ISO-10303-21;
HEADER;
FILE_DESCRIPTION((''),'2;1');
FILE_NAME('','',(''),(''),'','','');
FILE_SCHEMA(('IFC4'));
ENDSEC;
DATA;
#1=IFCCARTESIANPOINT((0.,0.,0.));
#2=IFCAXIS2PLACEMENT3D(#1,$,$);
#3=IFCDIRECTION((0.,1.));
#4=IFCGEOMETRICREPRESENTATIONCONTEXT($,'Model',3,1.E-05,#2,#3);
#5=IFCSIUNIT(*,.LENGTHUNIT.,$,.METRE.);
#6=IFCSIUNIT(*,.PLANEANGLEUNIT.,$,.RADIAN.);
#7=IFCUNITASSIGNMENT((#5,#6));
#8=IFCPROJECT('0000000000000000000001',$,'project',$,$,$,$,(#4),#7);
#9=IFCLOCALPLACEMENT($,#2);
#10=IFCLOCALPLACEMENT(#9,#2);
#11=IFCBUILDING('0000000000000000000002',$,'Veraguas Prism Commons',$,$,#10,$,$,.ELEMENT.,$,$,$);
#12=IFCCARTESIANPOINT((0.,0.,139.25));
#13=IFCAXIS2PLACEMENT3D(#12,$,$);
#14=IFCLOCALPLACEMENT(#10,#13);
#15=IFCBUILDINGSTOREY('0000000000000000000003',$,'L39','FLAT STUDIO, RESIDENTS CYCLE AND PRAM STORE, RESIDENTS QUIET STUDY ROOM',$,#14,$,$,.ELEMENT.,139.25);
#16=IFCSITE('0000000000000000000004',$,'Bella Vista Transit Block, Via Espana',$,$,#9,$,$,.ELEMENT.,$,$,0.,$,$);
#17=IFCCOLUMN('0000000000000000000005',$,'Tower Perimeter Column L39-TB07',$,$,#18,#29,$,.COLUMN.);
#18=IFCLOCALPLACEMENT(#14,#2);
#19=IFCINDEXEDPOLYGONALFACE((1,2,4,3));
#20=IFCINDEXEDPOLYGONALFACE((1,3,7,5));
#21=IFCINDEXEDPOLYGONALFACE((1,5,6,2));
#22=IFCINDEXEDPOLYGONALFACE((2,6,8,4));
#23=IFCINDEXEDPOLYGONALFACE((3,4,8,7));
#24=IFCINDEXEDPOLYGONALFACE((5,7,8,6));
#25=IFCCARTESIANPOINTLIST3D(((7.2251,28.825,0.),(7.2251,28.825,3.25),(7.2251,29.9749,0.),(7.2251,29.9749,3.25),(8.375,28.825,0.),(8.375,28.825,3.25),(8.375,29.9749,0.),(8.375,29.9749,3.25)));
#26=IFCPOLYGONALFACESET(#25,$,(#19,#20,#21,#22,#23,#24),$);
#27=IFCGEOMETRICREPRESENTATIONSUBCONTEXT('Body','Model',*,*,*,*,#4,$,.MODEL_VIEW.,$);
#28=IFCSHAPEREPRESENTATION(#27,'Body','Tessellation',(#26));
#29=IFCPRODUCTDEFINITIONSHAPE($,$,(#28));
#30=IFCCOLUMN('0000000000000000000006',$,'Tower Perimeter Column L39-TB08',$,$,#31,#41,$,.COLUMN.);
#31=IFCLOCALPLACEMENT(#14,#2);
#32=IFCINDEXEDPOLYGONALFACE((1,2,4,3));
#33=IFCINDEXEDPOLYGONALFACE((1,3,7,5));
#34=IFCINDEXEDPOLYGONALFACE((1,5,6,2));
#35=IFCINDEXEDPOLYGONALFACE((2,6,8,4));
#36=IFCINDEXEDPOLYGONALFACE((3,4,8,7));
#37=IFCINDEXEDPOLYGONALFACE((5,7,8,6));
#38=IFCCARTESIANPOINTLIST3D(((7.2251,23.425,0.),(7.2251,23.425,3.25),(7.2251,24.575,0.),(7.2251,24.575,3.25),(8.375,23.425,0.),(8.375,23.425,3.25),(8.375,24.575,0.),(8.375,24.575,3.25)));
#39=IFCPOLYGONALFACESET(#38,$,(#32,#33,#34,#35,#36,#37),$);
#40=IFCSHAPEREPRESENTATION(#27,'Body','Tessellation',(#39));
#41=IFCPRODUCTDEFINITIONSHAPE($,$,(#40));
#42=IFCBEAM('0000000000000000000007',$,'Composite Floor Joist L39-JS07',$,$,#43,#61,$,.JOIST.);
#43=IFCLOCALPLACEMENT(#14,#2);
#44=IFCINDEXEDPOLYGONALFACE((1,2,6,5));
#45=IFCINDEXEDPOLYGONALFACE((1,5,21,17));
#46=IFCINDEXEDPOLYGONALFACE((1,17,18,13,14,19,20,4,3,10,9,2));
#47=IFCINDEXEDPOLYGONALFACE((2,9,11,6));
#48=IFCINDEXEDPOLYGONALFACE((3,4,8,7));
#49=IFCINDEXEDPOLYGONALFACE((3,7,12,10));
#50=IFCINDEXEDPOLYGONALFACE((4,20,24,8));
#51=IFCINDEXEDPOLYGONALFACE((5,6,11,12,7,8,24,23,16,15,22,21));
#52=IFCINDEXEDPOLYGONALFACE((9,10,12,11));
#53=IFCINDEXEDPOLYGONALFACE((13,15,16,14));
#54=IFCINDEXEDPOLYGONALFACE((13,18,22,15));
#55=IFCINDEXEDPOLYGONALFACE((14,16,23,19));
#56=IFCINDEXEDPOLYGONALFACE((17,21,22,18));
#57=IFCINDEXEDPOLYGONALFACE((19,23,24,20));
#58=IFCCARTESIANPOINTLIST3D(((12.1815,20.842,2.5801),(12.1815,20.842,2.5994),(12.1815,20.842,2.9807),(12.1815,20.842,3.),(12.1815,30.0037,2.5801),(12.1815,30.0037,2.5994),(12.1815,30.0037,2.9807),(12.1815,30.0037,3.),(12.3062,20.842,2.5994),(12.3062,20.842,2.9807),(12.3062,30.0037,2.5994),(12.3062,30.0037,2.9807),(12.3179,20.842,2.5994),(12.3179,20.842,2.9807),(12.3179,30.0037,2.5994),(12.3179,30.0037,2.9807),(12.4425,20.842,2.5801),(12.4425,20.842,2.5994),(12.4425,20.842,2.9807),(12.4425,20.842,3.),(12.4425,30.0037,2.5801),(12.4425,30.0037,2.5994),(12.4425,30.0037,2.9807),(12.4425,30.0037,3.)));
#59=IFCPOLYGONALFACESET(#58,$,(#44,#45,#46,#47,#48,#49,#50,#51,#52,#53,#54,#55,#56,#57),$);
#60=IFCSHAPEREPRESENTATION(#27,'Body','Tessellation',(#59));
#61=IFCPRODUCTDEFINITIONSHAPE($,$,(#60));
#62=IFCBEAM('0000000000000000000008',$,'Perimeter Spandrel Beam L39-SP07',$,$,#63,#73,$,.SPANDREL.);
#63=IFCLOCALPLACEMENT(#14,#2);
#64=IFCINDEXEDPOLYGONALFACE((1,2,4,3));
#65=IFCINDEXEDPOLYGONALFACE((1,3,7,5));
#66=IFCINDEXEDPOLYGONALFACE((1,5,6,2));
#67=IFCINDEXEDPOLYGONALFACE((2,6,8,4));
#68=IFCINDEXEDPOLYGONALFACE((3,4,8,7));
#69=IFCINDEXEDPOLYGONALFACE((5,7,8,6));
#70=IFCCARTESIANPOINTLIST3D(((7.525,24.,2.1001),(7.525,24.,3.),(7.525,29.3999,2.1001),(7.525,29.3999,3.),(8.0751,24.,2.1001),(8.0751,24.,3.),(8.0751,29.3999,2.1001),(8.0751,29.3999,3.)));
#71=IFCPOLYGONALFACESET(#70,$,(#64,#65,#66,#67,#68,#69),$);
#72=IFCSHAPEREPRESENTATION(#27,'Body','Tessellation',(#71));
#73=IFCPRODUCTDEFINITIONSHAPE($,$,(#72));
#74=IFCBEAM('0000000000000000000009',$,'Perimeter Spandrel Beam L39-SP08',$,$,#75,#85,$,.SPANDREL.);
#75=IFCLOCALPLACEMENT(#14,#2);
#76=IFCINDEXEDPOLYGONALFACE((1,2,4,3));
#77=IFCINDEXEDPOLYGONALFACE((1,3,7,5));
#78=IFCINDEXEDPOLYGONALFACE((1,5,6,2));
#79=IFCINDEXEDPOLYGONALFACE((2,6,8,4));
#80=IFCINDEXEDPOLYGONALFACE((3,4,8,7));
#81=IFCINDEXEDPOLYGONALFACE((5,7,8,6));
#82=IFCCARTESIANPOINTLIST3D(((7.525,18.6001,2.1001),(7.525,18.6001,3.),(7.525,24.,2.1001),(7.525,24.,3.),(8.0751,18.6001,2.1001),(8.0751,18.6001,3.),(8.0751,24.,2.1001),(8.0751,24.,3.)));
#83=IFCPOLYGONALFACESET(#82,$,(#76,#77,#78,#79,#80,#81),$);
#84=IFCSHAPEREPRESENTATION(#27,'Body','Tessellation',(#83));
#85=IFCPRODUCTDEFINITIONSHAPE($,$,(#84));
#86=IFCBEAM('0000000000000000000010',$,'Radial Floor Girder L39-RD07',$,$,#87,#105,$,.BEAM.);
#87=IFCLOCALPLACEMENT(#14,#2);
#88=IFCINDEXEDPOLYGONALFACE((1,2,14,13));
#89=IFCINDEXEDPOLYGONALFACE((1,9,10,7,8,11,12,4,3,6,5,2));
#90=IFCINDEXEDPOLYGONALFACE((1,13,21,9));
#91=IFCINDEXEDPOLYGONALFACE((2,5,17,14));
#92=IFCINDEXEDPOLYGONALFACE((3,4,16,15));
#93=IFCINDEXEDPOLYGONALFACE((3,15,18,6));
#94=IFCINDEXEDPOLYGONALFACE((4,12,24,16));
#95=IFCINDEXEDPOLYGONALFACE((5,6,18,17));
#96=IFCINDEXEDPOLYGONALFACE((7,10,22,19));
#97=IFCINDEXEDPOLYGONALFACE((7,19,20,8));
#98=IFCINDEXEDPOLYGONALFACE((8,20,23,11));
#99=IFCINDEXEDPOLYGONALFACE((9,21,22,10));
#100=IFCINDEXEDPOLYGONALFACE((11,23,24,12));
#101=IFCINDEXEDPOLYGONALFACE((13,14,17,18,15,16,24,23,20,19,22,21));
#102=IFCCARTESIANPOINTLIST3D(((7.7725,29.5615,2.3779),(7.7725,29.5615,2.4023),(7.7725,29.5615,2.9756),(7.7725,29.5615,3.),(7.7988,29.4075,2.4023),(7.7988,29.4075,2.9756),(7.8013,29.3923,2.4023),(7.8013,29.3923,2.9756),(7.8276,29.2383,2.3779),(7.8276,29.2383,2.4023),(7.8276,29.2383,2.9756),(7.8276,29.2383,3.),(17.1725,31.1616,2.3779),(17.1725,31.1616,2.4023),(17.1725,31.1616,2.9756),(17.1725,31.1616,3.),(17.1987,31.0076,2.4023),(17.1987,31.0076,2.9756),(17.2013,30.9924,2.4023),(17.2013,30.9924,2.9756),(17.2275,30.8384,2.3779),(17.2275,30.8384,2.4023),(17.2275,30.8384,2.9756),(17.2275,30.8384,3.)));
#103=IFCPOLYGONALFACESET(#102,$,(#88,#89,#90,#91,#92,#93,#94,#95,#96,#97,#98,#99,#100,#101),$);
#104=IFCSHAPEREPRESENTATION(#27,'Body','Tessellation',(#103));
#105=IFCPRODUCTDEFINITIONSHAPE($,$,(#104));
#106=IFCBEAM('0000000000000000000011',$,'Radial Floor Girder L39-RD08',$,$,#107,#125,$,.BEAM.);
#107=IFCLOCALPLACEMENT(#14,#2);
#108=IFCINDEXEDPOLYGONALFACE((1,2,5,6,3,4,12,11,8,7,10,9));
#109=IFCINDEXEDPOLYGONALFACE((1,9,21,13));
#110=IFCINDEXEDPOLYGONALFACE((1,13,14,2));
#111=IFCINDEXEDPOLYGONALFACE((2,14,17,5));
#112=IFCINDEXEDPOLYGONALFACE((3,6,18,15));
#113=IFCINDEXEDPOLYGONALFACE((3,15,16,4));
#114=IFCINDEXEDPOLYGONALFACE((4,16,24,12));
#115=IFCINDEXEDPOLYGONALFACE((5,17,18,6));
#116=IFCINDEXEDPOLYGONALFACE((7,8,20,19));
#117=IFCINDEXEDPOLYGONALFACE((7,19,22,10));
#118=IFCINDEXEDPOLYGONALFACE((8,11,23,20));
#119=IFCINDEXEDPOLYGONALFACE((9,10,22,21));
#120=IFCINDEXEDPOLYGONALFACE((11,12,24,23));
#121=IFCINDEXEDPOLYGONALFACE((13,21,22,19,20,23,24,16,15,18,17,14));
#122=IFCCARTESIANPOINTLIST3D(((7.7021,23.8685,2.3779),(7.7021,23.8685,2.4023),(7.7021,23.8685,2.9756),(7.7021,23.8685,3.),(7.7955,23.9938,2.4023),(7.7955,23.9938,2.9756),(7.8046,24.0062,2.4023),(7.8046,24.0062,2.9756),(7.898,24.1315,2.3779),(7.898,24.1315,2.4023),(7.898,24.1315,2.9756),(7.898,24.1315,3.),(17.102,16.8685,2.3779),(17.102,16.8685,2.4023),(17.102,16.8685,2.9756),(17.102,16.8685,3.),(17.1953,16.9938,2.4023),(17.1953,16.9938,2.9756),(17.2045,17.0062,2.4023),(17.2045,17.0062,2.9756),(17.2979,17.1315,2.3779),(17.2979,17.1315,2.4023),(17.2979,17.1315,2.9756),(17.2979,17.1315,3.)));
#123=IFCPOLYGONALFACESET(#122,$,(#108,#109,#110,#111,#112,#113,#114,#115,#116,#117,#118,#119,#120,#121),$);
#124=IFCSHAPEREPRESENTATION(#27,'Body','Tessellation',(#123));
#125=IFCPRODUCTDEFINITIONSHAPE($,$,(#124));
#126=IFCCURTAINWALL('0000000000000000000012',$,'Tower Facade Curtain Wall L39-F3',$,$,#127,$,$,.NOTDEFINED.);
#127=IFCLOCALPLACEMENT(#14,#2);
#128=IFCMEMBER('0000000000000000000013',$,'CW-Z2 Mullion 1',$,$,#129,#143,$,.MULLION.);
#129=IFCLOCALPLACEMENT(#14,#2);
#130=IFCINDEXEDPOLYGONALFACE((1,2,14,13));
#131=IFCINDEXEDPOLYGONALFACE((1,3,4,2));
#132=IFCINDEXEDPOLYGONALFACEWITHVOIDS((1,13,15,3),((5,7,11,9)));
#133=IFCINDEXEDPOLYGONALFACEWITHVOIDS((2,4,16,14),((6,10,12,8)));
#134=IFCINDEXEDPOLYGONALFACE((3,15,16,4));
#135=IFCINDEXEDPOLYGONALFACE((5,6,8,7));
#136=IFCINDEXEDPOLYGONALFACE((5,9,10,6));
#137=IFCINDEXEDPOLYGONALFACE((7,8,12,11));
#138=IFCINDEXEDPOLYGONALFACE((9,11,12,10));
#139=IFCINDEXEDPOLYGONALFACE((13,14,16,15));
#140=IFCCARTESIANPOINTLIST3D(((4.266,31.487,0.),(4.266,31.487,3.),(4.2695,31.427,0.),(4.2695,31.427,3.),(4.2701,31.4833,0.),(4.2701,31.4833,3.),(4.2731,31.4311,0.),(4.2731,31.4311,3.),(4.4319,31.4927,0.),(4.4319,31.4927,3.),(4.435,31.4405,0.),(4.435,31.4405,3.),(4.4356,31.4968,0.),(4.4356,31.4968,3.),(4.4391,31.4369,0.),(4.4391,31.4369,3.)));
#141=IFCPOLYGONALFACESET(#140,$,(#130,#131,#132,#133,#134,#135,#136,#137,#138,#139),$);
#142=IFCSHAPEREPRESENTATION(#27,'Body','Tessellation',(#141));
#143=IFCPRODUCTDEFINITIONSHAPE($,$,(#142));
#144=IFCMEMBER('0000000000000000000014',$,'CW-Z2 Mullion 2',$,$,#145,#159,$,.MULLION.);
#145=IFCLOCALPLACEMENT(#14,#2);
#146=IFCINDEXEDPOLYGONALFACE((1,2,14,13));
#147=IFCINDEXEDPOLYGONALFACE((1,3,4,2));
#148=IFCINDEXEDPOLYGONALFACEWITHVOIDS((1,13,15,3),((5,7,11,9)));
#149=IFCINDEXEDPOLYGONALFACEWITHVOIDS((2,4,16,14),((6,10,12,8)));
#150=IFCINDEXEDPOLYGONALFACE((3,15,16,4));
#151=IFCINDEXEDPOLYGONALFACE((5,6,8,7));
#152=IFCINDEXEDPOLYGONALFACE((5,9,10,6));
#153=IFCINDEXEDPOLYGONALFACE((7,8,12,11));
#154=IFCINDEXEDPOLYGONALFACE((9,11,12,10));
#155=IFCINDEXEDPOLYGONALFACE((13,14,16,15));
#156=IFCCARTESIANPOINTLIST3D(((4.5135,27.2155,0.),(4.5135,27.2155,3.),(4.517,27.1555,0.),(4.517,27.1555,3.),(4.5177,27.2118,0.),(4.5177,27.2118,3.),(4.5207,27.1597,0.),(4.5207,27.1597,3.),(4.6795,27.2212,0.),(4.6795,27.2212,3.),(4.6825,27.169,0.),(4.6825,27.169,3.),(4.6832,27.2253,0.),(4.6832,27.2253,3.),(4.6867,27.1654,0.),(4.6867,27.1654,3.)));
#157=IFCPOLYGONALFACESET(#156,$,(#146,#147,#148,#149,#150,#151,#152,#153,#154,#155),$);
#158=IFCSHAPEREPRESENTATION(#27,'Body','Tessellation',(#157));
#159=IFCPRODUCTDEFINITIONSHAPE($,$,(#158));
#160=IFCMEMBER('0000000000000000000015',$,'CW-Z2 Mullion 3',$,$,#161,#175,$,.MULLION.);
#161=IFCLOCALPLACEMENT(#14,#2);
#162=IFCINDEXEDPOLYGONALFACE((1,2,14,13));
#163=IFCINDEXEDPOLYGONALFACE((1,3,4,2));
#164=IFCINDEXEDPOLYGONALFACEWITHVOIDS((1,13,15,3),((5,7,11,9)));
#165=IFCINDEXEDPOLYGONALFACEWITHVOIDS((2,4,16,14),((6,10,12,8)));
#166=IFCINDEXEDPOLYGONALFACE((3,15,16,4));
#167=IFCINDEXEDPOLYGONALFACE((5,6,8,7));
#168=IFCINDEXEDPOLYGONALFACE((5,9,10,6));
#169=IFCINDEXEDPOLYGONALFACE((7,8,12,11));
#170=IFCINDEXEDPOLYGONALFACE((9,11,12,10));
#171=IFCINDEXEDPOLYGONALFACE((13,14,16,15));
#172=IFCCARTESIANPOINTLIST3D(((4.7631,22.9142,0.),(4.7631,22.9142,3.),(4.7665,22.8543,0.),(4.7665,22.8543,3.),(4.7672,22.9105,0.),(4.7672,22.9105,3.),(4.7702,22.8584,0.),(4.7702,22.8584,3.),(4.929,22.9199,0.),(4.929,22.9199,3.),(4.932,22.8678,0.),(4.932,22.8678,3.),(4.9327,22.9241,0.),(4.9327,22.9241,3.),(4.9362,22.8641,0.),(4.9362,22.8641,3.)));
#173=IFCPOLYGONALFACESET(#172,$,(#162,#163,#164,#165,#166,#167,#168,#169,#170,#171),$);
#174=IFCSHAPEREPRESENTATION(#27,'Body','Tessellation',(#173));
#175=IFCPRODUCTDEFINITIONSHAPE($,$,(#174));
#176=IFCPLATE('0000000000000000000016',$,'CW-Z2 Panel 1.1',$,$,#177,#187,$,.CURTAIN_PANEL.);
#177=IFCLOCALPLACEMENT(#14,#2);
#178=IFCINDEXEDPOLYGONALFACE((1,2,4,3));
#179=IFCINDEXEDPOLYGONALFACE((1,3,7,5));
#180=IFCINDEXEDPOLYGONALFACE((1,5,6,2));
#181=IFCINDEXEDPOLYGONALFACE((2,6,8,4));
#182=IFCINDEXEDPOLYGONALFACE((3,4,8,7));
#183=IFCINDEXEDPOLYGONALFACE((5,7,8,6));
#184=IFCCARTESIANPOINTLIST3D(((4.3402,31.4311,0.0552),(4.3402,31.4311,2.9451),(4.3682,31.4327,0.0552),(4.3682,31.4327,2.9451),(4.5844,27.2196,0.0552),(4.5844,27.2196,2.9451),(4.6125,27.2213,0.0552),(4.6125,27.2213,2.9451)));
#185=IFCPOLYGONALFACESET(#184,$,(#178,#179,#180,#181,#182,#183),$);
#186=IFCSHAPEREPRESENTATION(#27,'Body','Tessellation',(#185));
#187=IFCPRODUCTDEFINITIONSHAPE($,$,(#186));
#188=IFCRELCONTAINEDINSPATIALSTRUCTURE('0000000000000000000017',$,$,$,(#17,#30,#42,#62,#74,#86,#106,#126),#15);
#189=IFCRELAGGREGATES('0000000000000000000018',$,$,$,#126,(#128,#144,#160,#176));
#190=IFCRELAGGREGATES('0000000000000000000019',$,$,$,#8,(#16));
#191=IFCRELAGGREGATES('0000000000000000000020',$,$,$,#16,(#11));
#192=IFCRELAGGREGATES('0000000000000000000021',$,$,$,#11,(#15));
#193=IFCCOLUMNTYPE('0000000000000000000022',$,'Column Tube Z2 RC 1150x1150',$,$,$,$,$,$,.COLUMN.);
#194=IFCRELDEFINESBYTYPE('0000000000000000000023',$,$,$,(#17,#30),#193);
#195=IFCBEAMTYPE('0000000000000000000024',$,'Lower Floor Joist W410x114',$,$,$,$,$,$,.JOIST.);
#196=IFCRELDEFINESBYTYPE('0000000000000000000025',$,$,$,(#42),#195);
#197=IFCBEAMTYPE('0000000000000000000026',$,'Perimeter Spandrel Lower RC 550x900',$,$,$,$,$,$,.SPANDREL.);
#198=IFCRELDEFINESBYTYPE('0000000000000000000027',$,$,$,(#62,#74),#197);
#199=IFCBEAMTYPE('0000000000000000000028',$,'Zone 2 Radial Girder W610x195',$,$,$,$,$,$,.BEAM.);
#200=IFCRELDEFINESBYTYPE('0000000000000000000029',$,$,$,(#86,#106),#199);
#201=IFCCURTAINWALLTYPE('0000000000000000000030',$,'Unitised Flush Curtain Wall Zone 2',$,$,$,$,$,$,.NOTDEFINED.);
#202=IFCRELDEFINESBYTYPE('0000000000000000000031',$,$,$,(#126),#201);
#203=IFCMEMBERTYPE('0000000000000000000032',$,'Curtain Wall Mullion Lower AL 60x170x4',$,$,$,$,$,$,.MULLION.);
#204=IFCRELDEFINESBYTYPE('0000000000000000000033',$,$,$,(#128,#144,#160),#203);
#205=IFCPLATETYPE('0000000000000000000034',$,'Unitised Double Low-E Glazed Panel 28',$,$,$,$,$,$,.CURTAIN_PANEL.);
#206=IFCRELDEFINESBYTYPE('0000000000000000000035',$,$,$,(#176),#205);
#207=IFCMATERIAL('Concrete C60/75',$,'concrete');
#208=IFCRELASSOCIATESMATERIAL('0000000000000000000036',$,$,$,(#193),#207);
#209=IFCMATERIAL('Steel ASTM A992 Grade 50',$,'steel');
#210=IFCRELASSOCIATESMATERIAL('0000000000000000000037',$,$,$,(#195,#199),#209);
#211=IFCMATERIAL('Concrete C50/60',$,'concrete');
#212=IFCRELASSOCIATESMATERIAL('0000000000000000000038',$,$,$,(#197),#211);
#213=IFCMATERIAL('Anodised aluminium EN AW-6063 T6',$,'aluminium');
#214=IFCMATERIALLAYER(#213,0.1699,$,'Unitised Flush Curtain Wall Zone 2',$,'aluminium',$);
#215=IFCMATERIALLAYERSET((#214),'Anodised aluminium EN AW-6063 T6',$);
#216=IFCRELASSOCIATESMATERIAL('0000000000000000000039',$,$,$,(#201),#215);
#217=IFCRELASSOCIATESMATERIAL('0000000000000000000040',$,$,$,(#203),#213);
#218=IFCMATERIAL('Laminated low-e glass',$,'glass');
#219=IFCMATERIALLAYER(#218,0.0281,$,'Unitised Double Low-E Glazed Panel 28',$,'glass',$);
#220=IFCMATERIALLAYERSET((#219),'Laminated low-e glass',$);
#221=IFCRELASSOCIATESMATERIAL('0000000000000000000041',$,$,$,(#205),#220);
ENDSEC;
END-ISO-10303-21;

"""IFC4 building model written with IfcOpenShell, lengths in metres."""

from ifc_helpers import new_model, si_unit, direction, frame, origin, origin_2d, place, context, subcontext, project, spatial, rectangle, hollow_rectangle, i_section, extrude, source, transform, mapped, material, layer, layer_set, material_profile, profile_set, type_object, element, aggregate, save


model = new_model("IFC4")

# Units and contexts
model_context = context("Model", 3, precision=1e-05, world=origin(), true_north=direction((0.0, 1.0)))
body_context = subcontext(model_context, "Body", "Model", "MODEL_VIEW")
ifc_project = project(units=[si_unit("LENGTHUNIT", "METRE"), si_unit("PLANEANGLEUNIT", "RADIAN")], contexts=[model_context])

# Site, building, storey
site_placement = place(None, origin())
site = spatial("IfcSite", under=ifc_project, at=site_placement, Name="Bella Vista Transit Block, Via Espana", CompositionType="ELEMENT", RefElevation=0.0)
building_placement = place(site_placement, origin())
building = spatial("IfcBuilding", under=site, at=building_placement, Name="Veraguas Prism Commons", CompositionType="ELEMENT")
storey_placement = place(building_placement, frame((0.0, 0.0, 139.25)))
storey = spatial("IfcBuildingStorey", under=building, at=storey_placement, Name="L39", Description="FLAT STUDIO, RESIDENTS CYCLE AND PRAM STORE, RESIDENTS QUIET STUDY ROOM", CompositionType="ELEMENT", Elevation=139.25)

# Columns
ifc_material_1 = material(Name="Concrete C60/75", Category="concrete")
ifc_material_profile_1 = material_profile(ifc_material_1, rectangle(XDim=1.1499, YDim=1.1499, at=origin_2d()), Name="RC1150X1150")
ifc_profile_set_1 = profile_set([ifc_material_profile_1], Name="Concrete C60/75")
column_type = type_object("IfcColumnType", Name="Column Tube Z2 RC 1150x1150", PredefinedType="COLUMN", material=ifc_profile_set_1)
for number, where, z_axis, x_axis, name in (
    (1, (7.8, 29.3999, 0.0), (0.0, 0.0, 1.0), (1.0, 0.0, 0.0), "Tower Perimeter Column L39-TB07"),
    (2, (7.8, 24.0, 0.0), (0.0, 0.0, 1.0), (1.0, 0.0, 0.0), "Tower Perimeter Column L39-TB08"),
):
    element("IfcColumn", number, at=place(storey_placement, frame(where, z_axis=z_axis, x_axis=x_axis)), inside=storey, type_object=column_type, Name=name, PredefinedType="COLUMN", context=body_context, shape_type="SweptSolid", body=[
        extrude(rectangle(XDim=1.1499, YDim=1.1499, at=origin_2d()), origin(), (0.0, 0.0, 1.0), 3.25),
    ])

# Beams
ifc_material_2 = material(Name="Steel ASTM A992 Grade 50", Category="steel")
ifc_material_profile_2 = material_profile(ifc_material_2, i_section(OverallWidth=0.261, OverallDepth=0.4199, WebThickness=0.0117, FlangeThickness=0.0193, at=origin_2d()), Name="W410X114")
ifc_profile_set_2 = profile_set([ifc_material_profile_2], Name="Steel ASTM A992 Grade 50")
beam_type_1 = type_object("IfcBeamType", Name="Lower Floor Joist W410x114", PredefinedType="JOIST", material=ifc_profile_set_2)
beam_1_placement = place(storey_placement, frame((12.312, 30.0037, 2.79), z_axis=(0.0, -1.0, 0.0), x_axis=(1.0, 0.0, 0.0)))
element("IfcBeam", 3, at=beam_1_placement, inside=storey, type_object=beam_type_1, Name="Composite Floor Joist L39-JS07", PredefinedType="JOIST", context=body_context, shape_type="SweptSolid", body=[
    extrude(i_section(OverallWidth=0.261, OverallDepth=0.4199, WebThickness=0.0117, FlangeThickness=0.0193, at=origin_2d()), origin(), (0.0, 0.0, 1.0), 9.1616),
])
ifc_material_3 = material(Name="Concrete C50/60", Category="concrete")
ifc_material_profile_3 = material_profile(ifc_material_3, rectangle(XDim=0.55, YDim=0.8999, at=origin_2d()), Name="RC550X900")
ifc_profile_set_3 = profile_set([ifc_material_profile_3], Name="Concrete C50/60")
beam_type_2 = type_object("IfcBeamType", Name="Perimeter Spandrel Lower RC 550x900", PredefinedType="SPANDREL", material=ifc_profile_set_3)
for number, where, z_axis, x_axis, name in (
    (4, (7.8, 29.3999, 2.55), (0.0, -1.0, 0.0), (1.0, 0.0, 0.0), "Perimeter Spandrel Beam L39-SP07"),
    (5, (7.8, 24.0, 2.55), (0.0, -1.0, 0.0), (1.0, 0.0, 0.0), "Perimeter Spandrel Beam L39-SP08"),
):
    element("IfcBeam", number, at=place(storey_placement, frame(where, z_axis=z_axis, x_axis=x_axis)), inside=storey, type_object=beam_type_2, Name=name, PredefinedType="SPANDREL", context=body_context, shape_type="SweptSolid", body=[
        extrude(rectangle(XDim=0.55, YDim=0.8999, at=origin_2d()), origin(), (0.0, 0.0, 1.0), 5.3999),
    ])
ifc_material_profile_4 = material_profile(ifc_material_2, i_section(OverallWidth=0.3279, OverallDepth=0.6221, WebThickness=0.0154, FlangeThickness=0.0244, at=origin_2d()), Name="W610X195")
ifc_profile_set_4 = profile_set([ifc_material_profile_4], Name="Steel ASTM A992 Grade 50")
beam_type_3 = type_object("IfcBeamType", Name="Zone 2 Radial Girder W610x195", PredefinedType="BEAM", material=ifc_profile_set_4)
beam_2_placement = place(storey_placement, frame((7.8, 29.3999, 2.689), z_axis=(0.985819, 0.167811, 0.0), x_axis=(-0.167811, 0.985819, 0.0)))
element("IfcBeam", 6, at=beam_2_placement, inside=storey, type_object=beam_type_3, Name="Radial Floor Girder L39-RD07", PredefinedType="BEAM", context=body_context, shape_type="SweptSolid", body=[
    extrude(i_section(OverallWidth=0.3279, OverallDepth=0.6221, WebThickness=0.0154, FlangeThickness=0.0244, at=origin_2d()), origin(), (0.0, 0.0, 1.0), 9.5352),
])
beam_3_placement = place(storey_placement, frame((7.8, 24.0, 2.689), z_axis=(0.80204, -0.59727, 0.0), x_axis=(0.59727, 0.80204, 0.0)))
element("IfcBeam", 7, at=beam_3_placement, inside=storey, type_object=beam_type_3, Name="Radial Floor Girder L39-RD08", PredefinedType="BEAM", context=body_context, shape_type="SweptSolid", body=[
    extrude(i_section(OverallWidth=0.3279, OverallDepth=0.6221, WebThickness=0.0154, FlangeThickness=0.0244, at=origin_2d()), origin(), (0.0, 0.0, 1.0), 11.72),
])

# Curtain wall, members, plate
ifc_material_4 = material(Name="Anodised aluminium EN AW-6063 T6", Category="aluminium")
ifc_layer_1 = layer(ifc_material_4, 0.1699, Name="Unitised Flush Curtain Wall Zone 2", Category="aluminium")
ifc_layer_set_1 = layer_set([ifc_layer_1], Name="Anodised aluminium EN AW-6063 T6")
curtain_wall_type = type_object("IfcCurtainWallType", Name="Unitised Flush Curtain Wall Zone 2", PredefinedType="NOTDEFINED", material=ifc_layer_set_1)
curtain_wall_placement = place(storey_placement, origin())
curtain_wall = element("IfcCurtainWall", 8, at=curtain_wall_placement, inside=storey, type_object=curtain_wall_type, Name="Tower Facade Curtain Wall L39-F3", PredefinedType="NOTDEFINED")
ifc_material_profile_5 = material_profile(ifc_material_4, hollow_rectangle(XDim=0.0601, YDim=0.1699, WallThickness=0.0039, at=origin_2d()), Name="AL60X170X4")
ifc_profile_set_5 = profile_set([ifc_material_profile_5], Name="Anodised aluminium EN AW-6063 T6")
member_type = type_object("IfcMemberType", Name="Curtain Wall Mullion Lower AL 60x170x4", PredefinedType="MULLION", material=ifc_profile_set_5)
shared_shape_1 = source(origin(), body_context, "Body", "SweptSolid", [
    extrude(hollow_rectangle(XDim=0.0601, YDim=0.1699, WallThickness=0.0039, at=origin_2d()), origin(), (0.0, 0.0, 1.0), 3.0),
])
member_1_placement = place(storey_placement, frame((4.3525, 31.4619, 0.0), z_axis=(0.0, 0.0, 1.0), x_axis=(0.057907, -0.998322, 0.0)))
member_1 = element("IfcMember", 9, at=member_1_placement, type_object=member_type, Name="CW-Z2 Mullion 1", PredefinedType="MULLION", context=body_context, shape_type="MappedRepresentation", body=[
    mapped(shared_shape_1, transform((0.0, 0.0, 0.0), scale=1.0)),
])
member_2_placement = place(storey_placement, frame((4.6001, 27.1904, 0.0), z_axis=(0.0, 0.0, 1.0), x_axis=(0.057907, -0.998322, 0.0)))
member_2 = element("IfcMember", 10, at=member_2_placement, type_object=member_type, Name="CW-Z2 Mullion 2", PredefinedType="MULLION", context=body_context, shape_type="MappedRepresentation", body=[
    mapped(shared_shape_1, transform((0.0, 0.0, 0.0), scale=1.0)),
])
member_3_placement = place(storey_placement, frame((4.8496, 22.8892, 0.0), z_axis=(0.0, 0.0, 1.0), x_axis=(0.057907, -0.998322, 0.0)))
member_3 = element("IfcMember", 11, at=member_3_placement, type_object=member_type, Name="CW-Z2 Mullion 3", PredefinedType="MULLION", context=body_context, shape_type="MappedRepresentation", body=[
    mapped(shared_shape_1, transform((0.0, 0.0, 0.0), scale=1.0)),
])
ifc_material_5 = material(Name="Laminated low-e glass", Category="glass")
ifc_layer_2 = layer(ifc_material_5, 0.0281, Name="Unitised Double Low-E Glazed Panel 28", Category="glass")
ifc_layer_set_2 = layer_set([ifc_layer_2], Name="Laminated low-e glass")
plate_type = type_object("IfcPlateType", Name="Unitised Double Low-E Glazed Panel 28", PredefinedType="CURTAIN_PANEL", material=ifc_layer_set_2)
shared_shape_2 = source(origin(), body_context, "Body", "SweptSolid", [
    extrude(rectangle(XDim=4.2185, YDim=0.0281, at=origin_2d()), origin(), (0.0, 0.0, 1.0), 2.8899),
])
plate_1_placement = place(storey_placement, frame((4.4763, 29.3262, 0.0552), z_axis=(0.0, 0.0, 1.0), x_axis=(0.057907, -0.998322, 0.0)))
plate_1 = element("IfcPlate", 12, at=plate_1_placement, type_object=plate_type, Name="CW-Z2 Panel 1.1", PredefinedType="CURTAIN_PANEL", context=body_context, shape_type="MappedRepresentation", body=[
    mapped(shared_shape_2, transform((0.0, 0.0, 0.0), scale=1.0)),
])
aggregate(curtain_wall, [member_1, member_2, member_3, plate_1])

save(model, "model.ifc")
